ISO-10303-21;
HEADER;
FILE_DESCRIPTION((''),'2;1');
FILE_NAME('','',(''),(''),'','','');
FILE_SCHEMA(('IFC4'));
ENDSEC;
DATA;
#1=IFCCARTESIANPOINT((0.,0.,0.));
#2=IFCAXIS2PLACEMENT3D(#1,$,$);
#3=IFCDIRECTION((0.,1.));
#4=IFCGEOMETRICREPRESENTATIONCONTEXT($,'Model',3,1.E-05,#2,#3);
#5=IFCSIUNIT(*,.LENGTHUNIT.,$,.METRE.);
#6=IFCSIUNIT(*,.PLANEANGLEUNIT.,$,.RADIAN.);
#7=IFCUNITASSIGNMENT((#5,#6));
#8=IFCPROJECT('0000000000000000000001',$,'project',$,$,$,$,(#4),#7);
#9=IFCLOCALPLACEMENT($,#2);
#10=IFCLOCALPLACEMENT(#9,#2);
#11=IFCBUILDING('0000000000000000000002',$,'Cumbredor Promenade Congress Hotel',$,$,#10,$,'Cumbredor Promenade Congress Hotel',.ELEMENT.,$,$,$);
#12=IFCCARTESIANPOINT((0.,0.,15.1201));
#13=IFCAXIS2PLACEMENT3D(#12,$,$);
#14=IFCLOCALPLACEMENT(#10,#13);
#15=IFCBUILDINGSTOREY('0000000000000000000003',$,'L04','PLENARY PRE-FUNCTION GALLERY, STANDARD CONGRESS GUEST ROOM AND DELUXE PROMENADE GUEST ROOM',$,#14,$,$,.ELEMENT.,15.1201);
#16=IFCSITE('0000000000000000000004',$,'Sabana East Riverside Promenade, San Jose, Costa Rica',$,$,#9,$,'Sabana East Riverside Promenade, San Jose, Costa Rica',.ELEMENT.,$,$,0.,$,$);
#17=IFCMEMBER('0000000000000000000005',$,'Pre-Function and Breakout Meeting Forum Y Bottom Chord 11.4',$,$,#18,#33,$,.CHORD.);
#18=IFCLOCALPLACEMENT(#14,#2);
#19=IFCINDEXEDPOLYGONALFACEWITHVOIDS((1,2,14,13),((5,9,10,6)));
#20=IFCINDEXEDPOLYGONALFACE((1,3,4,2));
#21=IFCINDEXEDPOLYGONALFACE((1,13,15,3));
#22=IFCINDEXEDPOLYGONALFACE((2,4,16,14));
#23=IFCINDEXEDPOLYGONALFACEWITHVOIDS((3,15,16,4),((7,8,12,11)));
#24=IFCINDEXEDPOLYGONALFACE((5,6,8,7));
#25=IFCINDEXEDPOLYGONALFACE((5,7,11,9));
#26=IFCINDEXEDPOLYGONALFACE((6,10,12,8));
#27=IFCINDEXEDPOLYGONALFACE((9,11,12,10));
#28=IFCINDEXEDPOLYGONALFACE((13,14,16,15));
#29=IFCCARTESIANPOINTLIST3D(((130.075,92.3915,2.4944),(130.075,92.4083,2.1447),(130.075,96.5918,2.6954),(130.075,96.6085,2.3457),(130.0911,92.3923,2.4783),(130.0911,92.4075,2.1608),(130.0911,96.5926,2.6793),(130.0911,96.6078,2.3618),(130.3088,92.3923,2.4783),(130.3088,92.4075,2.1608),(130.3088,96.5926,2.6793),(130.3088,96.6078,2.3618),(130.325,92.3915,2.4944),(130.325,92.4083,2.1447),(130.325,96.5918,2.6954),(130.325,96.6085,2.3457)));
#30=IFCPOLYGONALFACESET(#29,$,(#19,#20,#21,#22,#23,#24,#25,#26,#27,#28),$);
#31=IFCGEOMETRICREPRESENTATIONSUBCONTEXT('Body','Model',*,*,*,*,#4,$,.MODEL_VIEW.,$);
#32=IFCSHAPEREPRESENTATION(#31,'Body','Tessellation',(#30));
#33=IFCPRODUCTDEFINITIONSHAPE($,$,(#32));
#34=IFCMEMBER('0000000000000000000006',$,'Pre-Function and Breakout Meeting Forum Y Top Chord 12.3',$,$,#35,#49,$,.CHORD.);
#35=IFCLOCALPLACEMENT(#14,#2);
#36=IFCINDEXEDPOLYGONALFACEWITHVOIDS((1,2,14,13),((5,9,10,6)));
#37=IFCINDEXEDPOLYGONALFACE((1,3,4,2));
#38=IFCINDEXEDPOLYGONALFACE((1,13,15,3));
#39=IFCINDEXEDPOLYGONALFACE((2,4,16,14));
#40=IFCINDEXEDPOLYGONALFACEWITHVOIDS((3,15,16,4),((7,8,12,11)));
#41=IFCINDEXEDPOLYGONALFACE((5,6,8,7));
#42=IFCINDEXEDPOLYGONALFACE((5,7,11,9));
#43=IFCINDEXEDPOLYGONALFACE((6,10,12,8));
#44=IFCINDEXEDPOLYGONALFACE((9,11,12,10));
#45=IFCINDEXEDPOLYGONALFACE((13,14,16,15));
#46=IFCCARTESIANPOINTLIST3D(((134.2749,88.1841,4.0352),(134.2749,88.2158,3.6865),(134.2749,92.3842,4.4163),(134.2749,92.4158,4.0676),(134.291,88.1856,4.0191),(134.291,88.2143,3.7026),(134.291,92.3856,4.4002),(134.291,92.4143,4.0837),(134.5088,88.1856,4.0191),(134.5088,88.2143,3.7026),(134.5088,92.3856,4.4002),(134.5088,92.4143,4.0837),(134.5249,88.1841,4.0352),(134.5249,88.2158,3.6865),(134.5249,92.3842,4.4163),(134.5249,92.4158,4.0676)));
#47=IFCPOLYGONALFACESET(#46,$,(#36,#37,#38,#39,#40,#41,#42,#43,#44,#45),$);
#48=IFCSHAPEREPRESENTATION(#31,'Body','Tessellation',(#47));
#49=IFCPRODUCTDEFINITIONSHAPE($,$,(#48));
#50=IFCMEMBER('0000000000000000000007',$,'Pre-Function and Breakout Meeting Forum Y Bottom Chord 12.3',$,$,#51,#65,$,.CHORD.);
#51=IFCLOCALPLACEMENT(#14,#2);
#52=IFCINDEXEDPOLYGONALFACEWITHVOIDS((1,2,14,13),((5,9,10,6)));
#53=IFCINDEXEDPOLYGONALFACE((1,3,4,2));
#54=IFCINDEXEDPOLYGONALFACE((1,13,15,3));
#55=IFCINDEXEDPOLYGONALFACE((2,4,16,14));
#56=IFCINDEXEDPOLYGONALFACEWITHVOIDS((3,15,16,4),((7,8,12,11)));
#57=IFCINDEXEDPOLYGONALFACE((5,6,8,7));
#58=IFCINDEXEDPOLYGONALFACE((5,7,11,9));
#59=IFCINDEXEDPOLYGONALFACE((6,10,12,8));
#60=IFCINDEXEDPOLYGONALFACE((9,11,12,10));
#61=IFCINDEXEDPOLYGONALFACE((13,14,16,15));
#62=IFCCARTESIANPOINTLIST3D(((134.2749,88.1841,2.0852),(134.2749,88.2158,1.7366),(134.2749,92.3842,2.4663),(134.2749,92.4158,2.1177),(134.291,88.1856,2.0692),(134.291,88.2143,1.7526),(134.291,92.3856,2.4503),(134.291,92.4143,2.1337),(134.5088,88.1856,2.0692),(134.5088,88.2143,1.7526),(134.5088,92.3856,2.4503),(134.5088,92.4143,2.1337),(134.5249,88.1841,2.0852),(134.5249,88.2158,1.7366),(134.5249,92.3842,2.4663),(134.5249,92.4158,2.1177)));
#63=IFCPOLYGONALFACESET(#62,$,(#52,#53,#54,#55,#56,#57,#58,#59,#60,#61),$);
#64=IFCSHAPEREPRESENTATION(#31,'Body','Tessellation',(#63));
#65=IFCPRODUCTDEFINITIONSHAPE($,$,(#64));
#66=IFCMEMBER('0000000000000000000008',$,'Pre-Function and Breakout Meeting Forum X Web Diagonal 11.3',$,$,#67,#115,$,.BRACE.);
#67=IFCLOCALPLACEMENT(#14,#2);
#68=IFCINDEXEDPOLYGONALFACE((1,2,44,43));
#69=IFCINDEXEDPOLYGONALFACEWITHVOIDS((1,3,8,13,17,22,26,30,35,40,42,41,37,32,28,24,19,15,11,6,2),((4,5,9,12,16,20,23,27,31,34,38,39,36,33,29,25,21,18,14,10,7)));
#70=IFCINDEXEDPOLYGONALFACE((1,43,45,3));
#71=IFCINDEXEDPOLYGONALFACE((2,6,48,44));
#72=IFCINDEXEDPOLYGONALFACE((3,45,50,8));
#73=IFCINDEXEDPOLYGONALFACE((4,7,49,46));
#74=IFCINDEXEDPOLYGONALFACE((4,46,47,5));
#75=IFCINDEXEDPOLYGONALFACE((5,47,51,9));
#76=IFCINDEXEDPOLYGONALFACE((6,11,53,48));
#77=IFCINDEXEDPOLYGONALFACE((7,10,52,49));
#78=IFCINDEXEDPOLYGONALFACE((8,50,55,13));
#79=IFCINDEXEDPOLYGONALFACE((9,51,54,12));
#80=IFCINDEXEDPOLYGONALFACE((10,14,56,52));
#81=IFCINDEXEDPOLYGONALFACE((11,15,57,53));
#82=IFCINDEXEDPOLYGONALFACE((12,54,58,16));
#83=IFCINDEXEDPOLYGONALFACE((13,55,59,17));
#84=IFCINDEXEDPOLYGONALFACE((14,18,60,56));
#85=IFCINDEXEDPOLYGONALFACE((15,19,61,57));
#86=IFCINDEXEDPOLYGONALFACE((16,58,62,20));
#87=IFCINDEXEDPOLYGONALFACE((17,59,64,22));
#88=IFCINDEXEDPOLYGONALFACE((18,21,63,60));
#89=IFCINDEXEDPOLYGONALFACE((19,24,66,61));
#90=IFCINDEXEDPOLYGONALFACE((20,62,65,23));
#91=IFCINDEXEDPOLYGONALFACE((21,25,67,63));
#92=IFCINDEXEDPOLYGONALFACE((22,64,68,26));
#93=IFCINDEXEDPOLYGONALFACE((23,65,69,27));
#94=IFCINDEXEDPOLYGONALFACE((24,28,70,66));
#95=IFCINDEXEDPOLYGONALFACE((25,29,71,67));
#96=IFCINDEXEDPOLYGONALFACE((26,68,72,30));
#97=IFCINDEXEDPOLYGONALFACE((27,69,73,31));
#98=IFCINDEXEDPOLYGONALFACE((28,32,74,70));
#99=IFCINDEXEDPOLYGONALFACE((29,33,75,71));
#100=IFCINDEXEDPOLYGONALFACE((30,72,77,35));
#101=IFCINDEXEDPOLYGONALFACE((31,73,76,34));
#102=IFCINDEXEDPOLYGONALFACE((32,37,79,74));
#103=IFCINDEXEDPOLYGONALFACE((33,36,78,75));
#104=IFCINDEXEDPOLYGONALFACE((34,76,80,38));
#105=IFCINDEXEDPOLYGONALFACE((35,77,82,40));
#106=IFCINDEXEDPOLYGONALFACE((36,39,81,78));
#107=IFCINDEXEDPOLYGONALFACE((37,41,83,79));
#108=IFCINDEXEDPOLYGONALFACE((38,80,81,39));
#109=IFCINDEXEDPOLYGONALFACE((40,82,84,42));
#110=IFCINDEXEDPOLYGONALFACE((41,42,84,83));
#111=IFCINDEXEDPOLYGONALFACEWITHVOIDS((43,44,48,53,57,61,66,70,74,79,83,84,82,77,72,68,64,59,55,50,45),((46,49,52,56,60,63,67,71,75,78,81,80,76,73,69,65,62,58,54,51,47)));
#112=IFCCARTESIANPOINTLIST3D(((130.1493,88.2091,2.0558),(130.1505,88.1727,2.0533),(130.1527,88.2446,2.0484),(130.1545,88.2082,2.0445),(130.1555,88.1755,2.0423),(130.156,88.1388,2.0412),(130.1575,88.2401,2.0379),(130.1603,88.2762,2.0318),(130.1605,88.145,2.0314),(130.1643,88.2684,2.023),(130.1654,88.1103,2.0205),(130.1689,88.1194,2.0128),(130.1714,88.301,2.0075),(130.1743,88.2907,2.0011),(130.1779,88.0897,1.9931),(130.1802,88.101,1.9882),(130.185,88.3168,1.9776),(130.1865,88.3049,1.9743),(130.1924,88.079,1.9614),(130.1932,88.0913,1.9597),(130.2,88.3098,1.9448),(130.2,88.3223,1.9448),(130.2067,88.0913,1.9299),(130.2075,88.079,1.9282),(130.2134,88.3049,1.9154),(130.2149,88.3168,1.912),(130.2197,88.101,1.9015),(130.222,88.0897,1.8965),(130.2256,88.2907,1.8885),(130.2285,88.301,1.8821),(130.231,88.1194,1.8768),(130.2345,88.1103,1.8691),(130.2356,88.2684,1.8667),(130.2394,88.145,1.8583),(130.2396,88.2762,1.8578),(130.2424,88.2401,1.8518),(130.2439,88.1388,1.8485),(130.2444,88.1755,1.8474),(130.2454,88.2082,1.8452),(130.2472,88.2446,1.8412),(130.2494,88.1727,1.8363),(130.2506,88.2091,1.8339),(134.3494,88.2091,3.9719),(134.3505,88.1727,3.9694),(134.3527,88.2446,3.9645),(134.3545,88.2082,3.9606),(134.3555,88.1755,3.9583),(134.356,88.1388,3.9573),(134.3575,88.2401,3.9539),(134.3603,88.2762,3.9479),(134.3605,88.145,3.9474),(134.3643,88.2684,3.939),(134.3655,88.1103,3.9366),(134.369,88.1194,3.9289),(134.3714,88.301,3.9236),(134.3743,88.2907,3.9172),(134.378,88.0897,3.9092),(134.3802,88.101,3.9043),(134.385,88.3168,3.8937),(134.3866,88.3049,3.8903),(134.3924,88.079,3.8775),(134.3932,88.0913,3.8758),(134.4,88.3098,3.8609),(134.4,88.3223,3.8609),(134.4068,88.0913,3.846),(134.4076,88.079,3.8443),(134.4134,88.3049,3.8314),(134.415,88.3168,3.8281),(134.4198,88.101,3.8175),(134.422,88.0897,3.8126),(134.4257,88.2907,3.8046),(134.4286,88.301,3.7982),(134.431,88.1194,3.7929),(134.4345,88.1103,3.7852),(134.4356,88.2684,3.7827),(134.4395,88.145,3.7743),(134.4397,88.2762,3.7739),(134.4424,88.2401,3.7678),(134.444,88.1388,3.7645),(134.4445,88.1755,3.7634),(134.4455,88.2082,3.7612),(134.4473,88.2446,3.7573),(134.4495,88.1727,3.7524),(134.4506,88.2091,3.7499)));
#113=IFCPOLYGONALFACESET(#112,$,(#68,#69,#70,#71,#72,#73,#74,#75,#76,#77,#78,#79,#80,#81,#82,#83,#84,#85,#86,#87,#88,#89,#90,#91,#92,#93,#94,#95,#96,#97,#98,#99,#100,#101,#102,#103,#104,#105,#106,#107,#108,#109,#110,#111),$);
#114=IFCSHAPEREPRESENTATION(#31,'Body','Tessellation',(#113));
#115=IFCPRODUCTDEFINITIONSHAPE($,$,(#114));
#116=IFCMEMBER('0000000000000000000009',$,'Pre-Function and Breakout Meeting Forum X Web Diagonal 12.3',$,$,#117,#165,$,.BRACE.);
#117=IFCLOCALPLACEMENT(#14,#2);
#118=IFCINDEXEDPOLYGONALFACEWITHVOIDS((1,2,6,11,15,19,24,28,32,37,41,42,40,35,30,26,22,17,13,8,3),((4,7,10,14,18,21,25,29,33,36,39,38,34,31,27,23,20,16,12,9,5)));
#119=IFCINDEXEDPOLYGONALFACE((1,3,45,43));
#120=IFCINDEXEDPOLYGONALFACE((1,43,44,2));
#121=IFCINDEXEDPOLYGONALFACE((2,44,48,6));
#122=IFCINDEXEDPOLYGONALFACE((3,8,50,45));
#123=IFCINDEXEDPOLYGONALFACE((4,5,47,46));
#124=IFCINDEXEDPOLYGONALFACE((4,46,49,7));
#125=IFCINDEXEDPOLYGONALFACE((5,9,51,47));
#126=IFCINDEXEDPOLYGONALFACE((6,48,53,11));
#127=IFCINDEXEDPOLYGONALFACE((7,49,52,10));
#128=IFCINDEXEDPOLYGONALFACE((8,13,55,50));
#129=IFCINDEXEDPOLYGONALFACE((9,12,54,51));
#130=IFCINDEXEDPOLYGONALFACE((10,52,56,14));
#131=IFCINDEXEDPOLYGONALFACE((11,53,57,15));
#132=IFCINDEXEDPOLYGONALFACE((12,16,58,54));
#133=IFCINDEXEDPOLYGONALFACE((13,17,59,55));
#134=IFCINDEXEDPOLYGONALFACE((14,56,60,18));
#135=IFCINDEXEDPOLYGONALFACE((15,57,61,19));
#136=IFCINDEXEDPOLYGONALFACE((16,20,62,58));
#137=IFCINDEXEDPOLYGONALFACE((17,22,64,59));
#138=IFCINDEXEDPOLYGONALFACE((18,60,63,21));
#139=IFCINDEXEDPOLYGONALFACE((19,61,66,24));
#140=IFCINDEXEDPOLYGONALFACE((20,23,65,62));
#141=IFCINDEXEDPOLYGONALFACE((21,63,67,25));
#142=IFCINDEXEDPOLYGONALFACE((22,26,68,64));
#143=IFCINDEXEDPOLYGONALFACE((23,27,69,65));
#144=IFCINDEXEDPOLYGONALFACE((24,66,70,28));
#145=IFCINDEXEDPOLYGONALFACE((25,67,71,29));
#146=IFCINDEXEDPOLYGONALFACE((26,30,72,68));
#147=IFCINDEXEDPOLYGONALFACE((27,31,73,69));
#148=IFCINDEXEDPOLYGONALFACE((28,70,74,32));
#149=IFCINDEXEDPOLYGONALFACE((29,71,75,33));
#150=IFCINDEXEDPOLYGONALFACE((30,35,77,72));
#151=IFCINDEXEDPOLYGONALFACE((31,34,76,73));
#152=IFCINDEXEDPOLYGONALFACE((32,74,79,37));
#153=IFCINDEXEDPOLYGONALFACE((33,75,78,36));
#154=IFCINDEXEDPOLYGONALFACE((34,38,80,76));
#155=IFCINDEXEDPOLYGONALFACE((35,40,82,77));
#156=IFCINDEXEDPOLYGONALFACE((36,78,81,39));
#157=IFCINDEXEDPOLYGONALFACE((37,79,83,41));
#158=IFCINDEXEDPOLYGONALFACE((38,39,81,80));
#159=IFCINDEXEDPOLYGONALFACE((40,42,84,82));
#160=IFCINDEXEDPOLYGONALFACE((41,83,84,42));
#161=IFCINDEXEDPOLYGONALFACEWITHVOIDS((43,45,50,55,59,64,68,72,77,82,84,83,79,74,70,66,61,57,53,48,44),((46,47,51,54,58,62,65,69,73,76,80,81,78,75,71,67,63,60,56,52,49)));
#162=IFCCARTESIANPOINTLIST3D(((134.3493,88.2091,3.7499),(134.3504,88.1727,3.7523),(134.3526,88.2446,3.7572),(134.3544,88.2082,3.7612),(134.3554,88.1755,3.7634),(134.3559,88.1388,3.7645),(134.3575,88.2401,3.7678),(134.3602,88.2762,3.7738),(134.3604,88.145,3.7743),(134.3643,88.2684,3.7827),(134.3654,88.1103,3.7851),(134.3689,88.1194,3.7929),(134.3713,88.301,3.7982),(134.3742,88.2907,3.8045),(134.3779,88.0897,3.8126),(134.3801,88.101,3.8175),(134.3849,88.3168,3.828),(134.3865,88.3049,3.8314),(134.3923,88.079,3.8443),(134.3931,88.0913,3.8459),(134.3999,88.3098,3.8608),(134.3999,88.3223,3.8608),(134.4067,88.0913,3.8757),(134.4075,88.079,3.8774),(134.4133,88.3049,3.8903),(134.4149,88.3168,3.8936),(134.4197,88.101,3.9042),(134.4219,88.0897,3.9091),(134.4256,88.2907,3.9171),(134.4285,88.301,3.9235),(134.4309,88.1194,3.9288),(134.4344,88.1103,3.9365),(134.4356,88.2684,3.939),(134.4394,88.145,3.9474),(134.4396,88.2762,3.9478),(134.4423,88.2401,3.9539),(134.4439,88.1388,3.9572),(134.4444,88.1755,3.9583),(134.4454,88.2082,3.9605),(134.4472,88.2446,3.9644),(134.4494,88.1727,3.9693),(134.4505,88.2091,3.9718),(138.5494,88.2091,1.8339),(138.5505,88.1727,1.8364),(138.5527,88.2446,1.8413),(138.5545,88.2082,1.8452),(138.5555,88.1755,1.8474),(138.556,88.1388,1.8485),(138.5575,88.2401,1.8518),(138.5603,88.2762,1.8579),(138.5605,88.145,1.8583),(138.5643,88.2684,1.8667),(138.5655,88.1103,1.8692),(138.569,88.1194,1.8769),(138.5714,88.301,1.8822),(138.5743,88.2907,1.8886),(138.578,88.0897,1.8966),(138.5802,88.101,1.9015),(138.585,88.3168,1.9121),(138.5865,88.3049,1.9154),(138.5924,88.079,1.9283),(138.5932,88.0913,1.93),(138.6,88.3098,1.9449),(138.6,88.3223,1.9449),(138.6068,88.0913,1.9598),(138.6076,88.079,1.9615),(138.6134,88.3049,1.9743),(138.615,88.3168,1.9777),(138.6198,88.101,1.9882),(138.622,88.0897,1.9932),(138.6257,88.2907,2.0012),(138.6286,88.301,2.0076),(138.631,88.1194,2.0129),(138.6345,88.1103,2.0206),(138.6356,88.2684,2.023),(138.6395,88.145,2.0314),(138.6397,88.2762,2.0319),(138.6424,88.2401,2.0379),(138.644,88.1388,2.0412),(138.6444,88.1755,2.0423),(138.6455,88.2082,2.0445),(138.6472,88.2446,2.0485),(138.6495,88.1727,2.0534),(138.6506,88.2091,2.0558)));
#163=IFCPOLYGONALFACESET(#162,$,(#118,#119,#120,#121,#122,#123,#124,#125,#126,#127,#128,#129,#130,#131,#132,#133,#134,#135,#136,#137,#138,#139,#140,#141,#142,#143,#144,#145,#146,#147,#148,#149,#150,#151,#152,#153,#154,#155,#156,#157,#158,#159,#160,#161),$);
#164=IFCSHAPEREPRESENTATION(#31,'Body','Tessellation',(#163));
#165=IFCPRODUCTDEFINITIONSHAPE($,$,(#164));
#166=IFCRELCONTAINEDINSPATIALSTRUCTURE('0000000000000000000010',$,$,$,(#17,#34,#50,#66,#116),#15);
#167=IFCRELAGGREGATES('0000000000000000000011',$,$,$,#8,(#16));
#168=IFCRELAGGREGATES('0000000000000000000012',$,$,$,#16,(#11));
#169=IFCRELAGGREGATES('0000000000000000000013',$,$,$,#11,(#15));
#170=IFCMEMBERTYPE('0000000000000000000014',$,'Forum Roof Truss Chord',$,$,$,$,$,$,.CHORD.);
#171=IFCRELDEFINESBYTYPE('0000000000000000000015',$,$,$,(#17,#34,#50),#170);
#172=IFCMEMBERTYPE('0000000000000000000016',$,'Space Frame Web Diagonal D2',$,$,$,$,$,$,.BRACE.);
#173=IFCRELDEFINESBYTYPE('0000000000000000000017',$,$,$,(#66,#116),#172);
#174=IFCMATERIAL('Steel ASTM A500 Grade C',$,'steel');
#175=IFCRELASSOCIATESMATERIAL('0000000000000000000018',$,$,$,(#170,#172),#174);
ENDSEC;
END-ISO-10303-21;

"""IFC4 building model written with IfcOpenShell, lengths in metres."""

from ifc_helpers import new_model, si_unit, direction, frame, origin, origin_2d, place, context, subcontext, project, spatial, hollow_rectangle, hollow_circle, extrude, material, material_profile, profile_set, type_object, element, save


model = new_model("IFC4")

# Units and contexts
model_context = context("Model", 3, precision=1e-05, world=origin(), true_north=direction((0.0, 1.0)))
body_context = subcontext(model_context, "Body", "Model", "MODEL_VIEW")
ifc_project = project(units=[si_unit("LENGTHUNIT", "METRE"), si_unit("PLANEANGLEUNIT", "RADIAN")], contexts=[model_context])

# Site, building, storey
site_placement = place(None, origin())
site = spatial("IfcSite", under=ifc_project, at=site_placement, Name="Sabana East Riverside Promenade, San Jose, Costa Rica", LongName="Sabana East Riverside Promenade, San Jose, Costa Rica", CompositionType="ELEMENT", RefElevation=0.0)
building_placement = place(site_placement, origin())
building = spatial("IfcBuilding", under=site, at=building_placement, Name="Cumbredor Promenade Congress Hotel", LongName="Cumbredor Promenade Congress Hotel", CompositionType="ELEMENT")
storey_placement = place(building_placement, frame((0.0, 0.0, 15.1201)))
storey = spatial("IfcBuildingStorey", under=building, at=storey_placement, Name="L04", Description="PLENARY PRE-FUNCTION GALLERY, STANDARD CONGRESS GUEST ROOM AND DELUXE PROMENADE GUEST ROOM", CompositionType="ELEMENT", Elevation=15.1201)

# Members
ifc_material_1 = material(Name="Steel ASTM A500 Grade C", Category="steel")
ifc_material_profile_1 = material_profile(ifc_material_1, hollow_rectangle(XDim=0.25, YDim=0.3501, WallThickness=0.0161, at=origin_2d()), Name="HSS 350x250x16")
ifc_profile_set_1 = profile_set([ifc_material_profile_1], Name="Steel ASTM A500 Grade C")
member_type_1 = type_object("IfcMemberType", Name="Forum Roof Truss Chord", PredefinedType="CHORD", material=ifc_profile_set_1)
for number, where, z_axis, x_axis, name in (
    (1, (130.2, 92.3999, 2.3196), (0.0, 0.998858, 0.047783), (-1.0, 0.0, 0.0), "Pre-Function and Breakout Meeting Forum Y Bottom Chord 11.4"),
):
    element("IfcMember", number, at=place(storey_placement, frame(where, z_axis=z_axis, x_axis=x_axis)), inside=storey, type_object=member_type_1, Name=name, PredefinedType="CHORD", context=body_context, shape_type="SweptSolid", body=[
        extrude(hollow_rectangle(XDim=0.25, YDim=0.3501, WallThickness=0.0161, at=origin_2d()), origin(), (0.0, 0.0, 1.0), 4.2051),
    ])
for number, where, z_axis, x_axis, name in (
    (2, (134.3999, 88.2, 3.8608), (0.0, 0.995908, 0.090369), (-1.0, 0.0, 0.0), "Pre-Function and Breakout Meeting Forum Y Top Chord 12.3"),
    (3, (134.3999, 88.2, 1.9109), (0.0, 0.995908, 0.090369), (-1.0, 0.0, 0.0), "Pre-Function and Breakout Meeting Forum Y Bottom Chord 12.3"),
):
    element("IfcMember", number, at=place(storey_placement, frame(where, z_axis=z_axis, x_axis=x_axis)), inside=storey, type_object=member_type_1, Name=name, PredefinedType="CHORD", context=body_context, shape_type="SweptSolid", body=[
        extrude(hollow_rectangle(XDim=0.25, YDim=0.3501, WallThickness=0.0161, at=origin_2d()), origin(), (0.0, 0.0, 1.0), 4.2173),
    ])
ifc_material_profile_2 = material_profile(ifc_material_1, hollow_circle(Radius=0.1223, WallThickness=0.0125, at=origin_2d()), Name="CHS 244.5x12.5")
ifc_profile_set_2 = profile_set([ifc_material_profile_2], Name="Steel ASTM A500 Grade C")
member_type_2 = type_object("IfcMemberType", Name="Space Frame Web Diagonal D2", PredefinedType="BRACE", material=ifc_profile_set_2)
for number, where, z_axis, x_axis, name in (
    (4, (130.2, 88.2, 1.9448), (0.909799, 0.0, 0.41505), (0.0, 1.0, 0.0), "Pre-Function and Breakout Meeting Forum X Web Diagonal 11.3"),
    (5, (134.3999, 88.2, 3.8608), (0.909808, 0.0, -0.41503), (0.0, 1.0, 0.0), "Pre-Function and Breakout Meeting Forum X Web Diagonal 12.3"),
):
    element("IfcMember", number, at=place(storey_placement, frame(where, z_axis=z_axis, x_axis=x_axis)), inside=storey, type_object=member_type_2, Name=name, PredefinedType="BRACE", context=body_context, shape_type="SweptSolid", body=[
        extrude(hollow_circle(Radius=0.1223, WallThickness=0.0125, at=origin_2d()), origin(), (0.0, 0.0, 1.0), 4.6165),
    ])

save(model, "model.ifc")
